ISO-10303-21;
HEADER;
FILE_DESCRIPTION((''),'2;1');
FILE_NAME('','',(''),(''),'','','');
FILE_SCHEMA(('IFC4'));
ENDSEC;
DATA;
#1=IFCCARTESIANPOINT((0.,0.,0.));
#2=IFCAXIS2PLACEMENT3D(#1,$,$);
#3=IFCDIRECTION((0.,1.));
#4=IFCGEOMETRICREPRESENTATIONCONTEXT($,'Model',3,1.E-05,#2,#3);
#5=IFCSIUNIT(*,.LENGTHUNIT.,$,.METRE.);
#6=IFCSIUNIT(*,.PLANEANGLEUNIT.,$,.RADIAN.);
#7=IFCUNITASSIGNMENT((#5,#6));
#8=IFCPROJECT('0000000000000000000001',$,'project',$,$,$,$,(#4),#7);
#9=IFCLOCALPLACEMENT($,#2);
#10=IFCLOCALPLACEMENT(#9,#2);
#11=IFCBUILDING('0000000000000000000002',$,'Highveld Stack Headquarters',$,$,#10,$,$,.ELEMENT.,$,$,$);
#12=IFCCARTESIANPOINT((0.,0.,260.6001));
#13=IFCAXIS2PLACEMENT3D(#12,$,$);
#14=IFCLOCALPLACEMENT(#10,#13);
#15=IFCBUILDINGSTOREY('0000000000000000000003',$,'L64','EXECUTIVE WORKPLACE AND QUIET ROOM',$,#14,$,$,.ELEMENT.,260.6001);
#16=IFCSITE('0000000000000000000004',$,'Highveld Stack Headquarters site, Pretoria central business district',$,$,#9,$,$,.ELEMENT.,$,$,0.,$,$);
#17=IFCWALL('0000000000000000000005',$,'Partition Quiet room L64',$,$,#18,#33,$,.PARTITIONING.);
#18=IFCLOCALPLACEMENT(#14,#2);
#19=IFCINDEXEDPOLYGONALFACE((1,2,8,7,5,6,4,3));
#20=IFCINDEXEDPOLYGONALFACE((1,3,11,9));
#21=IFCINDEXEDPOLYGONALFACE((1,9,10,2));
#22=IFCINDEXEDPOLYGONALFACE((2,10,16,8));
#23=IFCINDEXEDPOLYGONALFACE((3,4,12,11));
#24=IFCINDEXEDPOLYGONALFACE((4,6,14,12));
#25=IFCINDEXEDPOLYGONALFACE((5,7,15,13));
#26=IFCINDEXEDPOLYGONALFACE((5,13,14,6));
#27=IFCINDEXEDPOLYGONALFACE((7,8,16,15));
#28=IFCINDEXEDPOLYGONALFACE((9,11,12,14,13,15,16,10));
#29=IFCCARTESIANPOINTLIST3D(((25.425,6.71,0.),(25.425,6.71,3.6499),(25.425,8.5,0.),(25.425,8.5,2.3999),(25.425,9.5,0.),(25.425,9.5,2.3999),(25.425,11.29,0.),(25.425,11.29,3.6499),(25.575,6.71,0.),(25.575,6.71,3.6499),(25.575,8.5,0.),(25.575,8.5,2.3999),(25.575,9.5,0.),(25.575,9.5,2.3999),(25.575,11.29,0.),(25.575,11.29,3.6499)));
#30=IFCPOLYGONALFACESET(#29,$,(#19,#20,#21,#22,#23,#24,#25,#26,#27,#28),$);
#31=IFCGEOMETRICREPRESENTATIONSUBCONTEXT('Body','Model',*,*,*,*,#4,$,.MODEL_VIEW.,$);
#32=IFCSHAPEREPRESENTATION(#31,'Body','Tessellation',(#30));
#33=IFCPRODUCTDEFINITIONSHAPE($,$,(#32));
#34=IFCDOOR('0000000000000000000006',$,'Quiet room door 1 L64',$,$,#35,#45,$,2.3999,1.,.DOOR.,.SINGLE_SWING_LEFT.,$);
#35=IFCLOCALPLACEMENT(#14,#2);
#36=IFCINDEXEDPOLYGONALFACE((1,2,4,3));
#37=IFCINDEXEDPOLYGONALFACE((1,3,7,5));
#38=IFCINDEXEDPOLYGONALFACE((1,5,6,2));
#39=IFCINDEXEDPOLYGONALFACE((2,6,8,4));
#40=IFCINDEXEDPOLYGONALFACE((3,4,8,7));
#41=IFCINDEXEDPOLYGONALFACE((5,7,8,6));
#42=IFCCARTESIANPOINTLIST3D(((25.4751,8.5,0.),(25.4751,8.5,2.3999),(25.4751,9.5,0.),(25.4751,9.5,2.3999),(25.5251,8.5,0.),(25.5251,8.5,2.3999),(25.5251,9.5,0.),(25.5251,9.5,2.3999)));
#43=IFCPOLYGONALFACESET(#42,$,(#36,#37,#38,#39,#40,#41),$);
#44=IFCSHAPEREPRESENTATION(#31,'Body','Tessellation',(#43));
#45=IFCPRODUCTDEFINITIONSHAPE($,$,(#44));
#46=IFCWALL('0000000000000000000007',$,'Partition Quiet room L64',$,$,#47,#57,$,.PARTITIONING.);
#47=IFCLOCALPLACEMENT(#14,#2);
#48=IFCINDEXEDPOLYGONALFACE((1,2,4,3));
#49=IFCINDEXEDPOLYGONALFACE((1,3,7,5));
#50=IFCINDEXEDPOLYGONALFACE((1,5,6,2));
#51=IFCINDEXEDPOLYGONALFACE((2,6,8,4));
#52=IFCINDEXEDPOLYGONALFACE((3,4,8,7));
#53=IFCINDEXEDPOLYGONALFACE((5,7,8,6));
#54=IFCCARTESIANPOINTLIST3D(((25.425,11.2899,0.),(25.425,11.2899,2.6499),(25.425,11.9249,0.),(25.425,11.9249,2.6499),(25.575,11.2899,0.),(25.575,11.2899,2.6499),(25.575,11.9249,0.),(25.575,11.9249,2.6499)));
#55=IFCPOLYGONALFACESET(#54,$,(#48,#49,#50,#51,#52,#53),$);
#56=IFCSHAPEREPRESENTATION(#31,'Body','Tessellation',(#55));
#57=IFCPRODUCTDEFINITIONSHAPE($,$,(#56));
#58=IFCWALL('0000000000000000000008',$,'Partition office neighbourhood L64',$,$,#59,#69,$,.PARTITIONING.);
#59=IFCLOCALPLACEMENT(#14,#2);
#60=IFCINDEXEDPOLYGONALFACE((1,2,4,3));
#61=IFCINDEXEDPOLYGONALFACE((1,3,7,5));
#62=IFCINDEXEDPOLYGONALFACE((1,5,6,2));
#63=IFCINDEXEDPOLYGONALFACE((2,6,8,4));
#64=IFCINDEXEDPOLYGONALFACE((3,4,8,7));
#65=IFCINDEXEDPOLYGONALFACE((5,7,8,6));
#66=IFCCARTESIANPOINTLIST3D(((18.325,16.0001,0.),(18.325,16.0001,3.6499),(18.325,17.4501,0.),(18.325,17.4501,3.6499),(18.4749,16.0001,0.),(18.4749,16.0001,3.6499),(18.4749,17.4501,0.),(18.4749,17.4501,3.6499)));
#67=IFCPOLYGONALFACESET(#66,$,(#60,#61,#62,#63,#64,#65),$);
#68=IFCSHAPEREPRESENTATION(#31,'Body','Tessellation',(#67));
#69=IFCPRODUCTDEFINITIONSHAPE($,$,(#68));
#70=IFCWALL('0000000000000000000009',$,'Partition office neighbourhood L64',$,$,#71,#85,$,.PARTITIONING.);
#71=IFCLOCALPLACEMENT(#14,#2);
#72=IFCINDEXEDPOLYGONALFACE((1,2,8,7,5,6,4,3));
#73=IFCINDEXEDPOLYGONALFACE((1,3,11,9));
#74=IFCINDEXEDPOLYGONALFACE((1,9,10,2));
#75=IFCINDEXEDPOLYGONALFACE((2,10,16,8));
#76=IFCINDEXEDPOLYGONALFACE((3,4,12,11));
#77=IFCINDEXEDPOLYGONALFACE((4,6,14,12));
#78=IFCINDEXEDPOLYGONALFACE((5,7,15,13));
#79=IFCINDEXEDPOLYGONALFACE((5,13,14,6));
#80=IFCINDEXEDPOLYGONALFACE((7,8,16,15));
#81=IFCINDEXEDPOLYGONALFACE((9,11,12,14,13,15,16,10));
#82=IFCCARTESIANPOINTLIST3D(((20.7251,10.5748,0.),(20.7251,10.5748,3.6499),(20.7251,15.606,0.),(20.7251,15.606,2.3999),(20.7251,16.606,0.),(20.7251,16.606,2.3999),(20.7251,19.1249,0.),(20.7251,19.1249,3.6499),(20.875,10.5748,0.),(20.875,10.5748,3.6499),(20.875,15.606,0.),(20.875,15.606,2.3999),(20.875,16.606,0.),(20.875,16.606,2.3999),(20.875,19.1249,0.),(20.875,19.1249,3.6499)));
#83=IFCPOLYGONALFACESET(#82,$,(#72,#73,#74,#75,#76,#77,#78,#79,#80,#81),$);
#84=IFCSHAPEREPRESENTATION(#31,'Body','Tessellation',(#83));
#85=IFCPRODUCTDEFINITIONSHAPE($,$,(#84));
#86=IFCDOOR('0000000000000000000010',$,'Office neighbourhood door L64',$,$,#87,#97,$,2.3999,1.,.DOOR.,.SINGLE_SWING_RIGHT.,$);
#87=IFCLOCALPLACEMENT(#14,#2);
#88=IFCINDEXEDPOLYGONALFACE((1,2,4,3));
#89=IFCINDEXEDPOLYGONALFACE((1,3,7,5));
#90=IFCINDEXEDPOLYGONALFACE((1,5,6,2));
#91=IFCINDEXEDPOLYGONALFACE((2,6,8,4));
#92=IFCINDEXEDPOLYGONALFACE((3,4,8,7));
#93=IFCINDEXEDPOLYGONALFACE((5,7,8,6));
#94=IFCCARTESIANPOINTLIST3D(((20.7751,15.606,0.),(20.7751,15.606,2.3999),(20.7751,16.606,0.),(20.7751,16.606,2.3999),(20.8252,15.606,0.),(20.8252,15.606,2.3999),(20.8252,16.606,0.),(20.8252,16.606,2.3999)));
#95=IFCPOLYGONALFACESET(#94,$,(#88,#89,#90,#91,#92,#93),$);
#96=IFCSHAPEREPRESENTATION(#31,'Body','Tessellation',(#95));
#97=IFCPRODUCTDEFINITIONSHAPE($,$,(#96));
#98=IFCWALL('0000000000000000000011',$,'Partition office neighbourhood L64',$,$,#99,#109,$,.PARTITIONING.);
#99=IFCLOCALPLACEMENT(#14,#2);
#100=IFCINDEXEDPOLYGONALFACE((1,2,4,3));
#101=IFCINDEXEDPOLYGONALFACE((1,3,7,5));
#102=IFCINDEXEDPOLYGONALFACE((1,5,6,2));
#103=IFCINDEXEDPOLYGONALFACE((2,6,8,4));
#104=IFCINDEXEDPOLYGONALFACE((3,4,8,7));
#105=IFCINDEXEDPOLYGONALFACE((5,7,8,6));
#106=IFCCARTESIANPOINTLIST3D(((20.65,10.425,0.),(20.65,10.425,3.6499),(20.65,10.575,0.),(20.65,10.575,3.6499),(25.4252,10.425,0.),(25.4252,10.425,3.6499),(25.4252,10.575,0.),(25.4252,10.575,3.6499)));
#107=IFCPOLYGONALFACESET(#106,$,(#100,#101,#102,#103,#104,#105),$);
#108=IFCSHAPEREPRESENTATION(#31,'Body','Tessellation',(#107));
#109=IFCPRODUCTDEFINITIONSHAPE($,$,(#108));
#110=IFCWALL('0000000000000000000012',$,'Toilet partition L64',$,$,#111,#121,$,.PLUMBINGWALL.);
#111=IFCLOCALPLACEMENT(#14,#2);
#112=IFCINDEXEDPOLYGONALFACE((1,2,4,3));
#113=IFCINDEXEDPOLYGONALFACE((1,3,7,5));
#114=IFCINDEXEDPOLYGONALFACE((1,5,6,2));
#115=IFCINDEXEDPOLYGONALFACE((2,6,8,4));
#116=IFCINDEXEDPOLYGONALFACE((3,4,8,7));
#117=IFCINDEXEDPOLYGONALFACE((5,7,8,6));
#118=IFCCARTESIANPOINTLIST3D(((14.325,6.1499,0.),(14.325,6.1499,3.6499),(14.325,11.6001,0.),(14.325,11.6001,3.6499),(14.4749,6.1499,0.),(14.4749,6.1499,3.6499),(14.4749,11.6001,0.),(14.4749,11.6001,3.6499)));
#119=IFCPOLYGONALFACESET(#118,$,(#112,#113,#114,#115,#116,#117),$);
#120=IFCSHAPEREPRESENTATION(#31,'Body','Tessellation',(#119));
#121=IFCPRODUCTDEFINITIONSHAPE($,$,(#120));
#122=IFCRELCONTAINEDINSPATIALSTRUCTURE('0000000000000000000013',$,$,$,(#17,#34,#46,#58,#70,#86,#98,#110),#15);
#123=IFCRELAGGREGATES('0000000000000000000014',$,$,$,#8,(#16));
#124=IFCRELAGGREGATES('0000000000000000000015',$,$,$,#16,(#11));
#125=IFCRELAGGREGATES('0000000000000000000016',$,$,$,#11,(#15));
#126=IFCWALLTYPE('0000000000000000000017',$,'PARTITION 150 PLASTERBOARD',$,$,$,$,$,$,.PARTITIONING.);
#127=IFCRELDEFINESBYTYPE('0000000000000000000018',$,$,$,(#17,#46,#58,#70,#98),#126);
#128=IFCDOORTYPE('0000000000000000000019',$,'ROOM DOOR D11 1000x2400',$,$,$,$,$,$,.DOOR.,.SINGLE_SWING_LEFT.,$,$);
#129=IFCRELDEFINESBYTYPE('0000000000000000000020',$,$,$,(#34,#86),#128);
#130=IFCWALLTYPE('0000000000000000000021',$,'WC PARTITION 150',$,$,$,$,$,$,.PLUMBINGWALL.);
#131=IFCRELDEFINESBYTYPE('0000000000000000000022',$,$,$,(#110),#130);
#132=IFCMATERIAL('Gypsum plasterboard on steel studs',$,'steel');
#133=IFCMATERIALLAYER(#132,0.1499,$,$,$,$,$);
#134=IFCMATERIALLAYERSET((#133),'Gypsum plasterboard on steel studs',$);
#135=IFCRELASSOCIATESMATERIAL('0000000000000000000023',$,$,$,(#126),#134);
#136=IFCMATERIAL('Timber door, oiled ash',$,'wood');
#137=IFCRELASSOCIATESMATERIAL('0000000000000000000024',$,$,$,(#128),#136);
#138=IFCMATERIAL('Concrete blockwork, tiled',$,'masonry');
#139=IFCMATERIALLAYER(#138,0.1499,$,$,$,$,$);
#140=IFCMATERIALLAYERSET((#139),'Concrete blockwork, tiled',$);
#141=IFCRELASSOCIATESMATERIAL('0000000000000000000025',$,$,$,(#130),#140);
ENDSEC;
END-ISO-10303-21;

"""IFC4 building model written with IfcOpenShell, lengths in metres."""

from ifc_helpers import new_model, si_unit, direction, frame, frame_2d, origin, place, context, subcontext, project, spatial, rectangle, extrude, material, layer, layer_set, type_object, element, fill, save


model = new_model("IFC4")

# Units and contexts
model_context = context("Model", 3, precision=1e-05, world=origin(), true_north=direction((0.0, 1.0)))
body_context = subcontext(model_context, "Body", "Model", "MODEL_VIEW")
ifc_project = project(units=[si_unit("LENGTHUNIT", "METRE"), si_unit("PLANEANGLEUNIT", "RADIAN")], contexts=[model_context])

# Site, building, storey
site_placement = place(None, origin())
site = spatial("IfcSite", under=ifc_project, at=site_placement, Name="Highveld Stack Headquarters site, Pretoria central business district", CompositionType="ELEMENT", RefElevation=0.0)
building_placement = place(site_placement, origin())
building = spatial("IfcBuilding", under=site, at=building_placement, Name="Highveld Stack Headquarters", CompositionType="ELEMENT")
storey_placement = place(building_placement, frame((0.0, 0.0, 260.6001)))
storey = spatial("IfcBuildingStorey", under=building, at=storey_placement, Name="L64", Description="EXECUTIVE WORKPLACE AND QUIET ROOM", CompositionType="ELEMENT", Elevation=260.6001)

# Shared definitions
ifc_material_1 = material(Name="Gypsum plasterboard on steel studs", Category="steel")
ifc_layer_1 = layer(ifc_material_1, 0.1499)
ifc_layer_set_1 = layer_set([ifc_layer_1], Name="Gypsum plasterboard on steel studs")
wall_type_1 = type_object("IfcWallType", Name="PARTITION 150 PLASTERBOARD", PredefinedType="PARTITIONING", material=ifc_layer_set_1)

# Wall, opening, door
wall_1_placement = place(storey_placement, frame((25.5, 6.71, 0.0), z_axis=(0.0, 0.0, 1.0), x_axis=(0.0, 1.0, 0.0)))
wall_1 = element("IfcWall", 1, at=wall_1_placement, inside=storey, type_object=wall_type_1, Name="Partition Quiet room L64", PredefinedType="PARTITIONING", context=body_context, shape_type="SweptSolid", body=[
    extrude(rectangle(XDim=4.5801, YDim=0.1499, at=frame_2d((2.29, 0.0))), origin(), (0.0, 0.0, 1.0), 3.6499),
])
opening_1_placement = place(wall_1_placement, frame((1.79, 0.0, 0.0)))
opening_1 = element("IfcOpeningElement", 2, at=opening_1_placement, cuts=wall_1, PredefinedType="OPENING", context=body_context, shape_type="SweptSolid", body=[
    extrude(rectangle(XDim=1.0, YDim=2.3999, at=frame_2d((0.5, 1.2))), frame((0.0, 0.085, 0.0), z_axis=(0.0, -1.0, 0.0), x_axis=(1.0, 0.0, 0.0)), (0.0, 0.0, 1.0), 0.1699),
])
ifc_material_2 = material(Name="Timber door, oiled ash", Category="wood")
door_type = type_object("IfcDoorType", Name="ROOM DOOR D11 1000x2400", OperationType="SINGLE_SWING_LEFT", PredefinedType="DOOR", material=ifc_material_2)
door_1_placement = place(opening_1_placement, origin())
door_1 = element("IfcDoor", 3, at=door_1_placement, inside=storey, type_object=door_type, Name="Quiet room door 1 L64", OperationType="SINGLE_SWING_LEFT", OverallHeight=2.3999, OverallWidth=1.0, PredefinedType="DOOR", context=body_context, shape_type="SweptSolid", body=[
    extrude(rectangle(XDim=1.0, YDim=2.3999, at=frame_2d((0.5, 1.2))), frame((0.0, 0.0249, 0.0), z_axis=(0.0, -1.0, 0.0), x_axis=(1.0, 0.0, 0.0)), (0.0, 0.0, 1.0), 0.05),
])
fill(opening_1, door_1)

# Walls
wall_2_placement = place(storey_placement, frame((25.5, 11.29, 0.0), z_axis=(0.0, 0.0, 1.0), x_axis=(0.0, 1.0, 0.0)))
element("IfcWall", 4, at=wall_2_placement, inside=storey, type_object=wall_type_1, Name="Partition Quiet room L64", PredefinedType="PARTITIONING", context=body_context, shape_type="SweptSolid", body=[
    extrude(rectangle(XDim=0.635, YDim=0.1499, at=frame_2d((0.3174, 0.0))), origin(), (0.0, 0.0, 1.0), 2.6499),
])
wall_3_placement = place(storey_placement, frame((18.3999, 16.0, 0.0), z_axis=(0.0, 0.0, 1.0), x_axis=(0.0, 1.0, 0.0)))
element("IfcWall", 5, at=wall_3_placement, inside=storey, type_object=wall_type_1, Name="Partition office neighbourhood L64", PredefinedType="PARTITIONING", context=body_context, shape_type="SweptSolid", body=[
    extrude(rectangle(XDim=1.45, YDim=0.1499, at=frame_2d((0.7251, 0.0))), origin(), (0.0, 0.0, 1.0), 3.6499),
])

# Wall, opening, door
wall_4_placement = place(storey_placement, frame((20.8, 10.575, 0.0), z_axis=(0.0, 0.0, 1.0), x_axis=(0.0, 1.0, 0.0)))
wall_4 = element("IfcWall", 6, at=wall_4_placement, inside=storey, type_object=wall_type_1, Name="Partition office neighbourhood L64", PredefinedType="PARTITIONING", context=body_context, shape_type="SweptSolid", body=[
    extrude(rectangle(XDim=8.55, YDim=0.1499, at=frame_2d((4.2749, 0.0))), origin(), (0.0, 0.0, 1.0), 3.6499),
])
opening_2_placement = place(wall_4_placement, frame((5.031, 0.0, 0.0)))
opening_2 = element("IfcOpeningElement", 7, at=opening_2_placement, cuts=wall_4, PredefinedType="OPENING", context=body_context, shape_type="SweptSolid", body=[
    extrude(rectangle(XDim=1.0, YDim=2.3999, at=frame_2d((0.5, 1.2))), frame((0.0, 0.085, 0.0), z_axis=(0.0, -1.0, 0.0), x_axis=(1.0, 0.0, 0.0)), (0.0, 0.0, 1.0), 0.1699),
])
door_2_placement = place(opening_2_placement, origin())
door_2 = element("IfcDoor", 8, at=door_2_placement, inside=storey, type_object=door_type, Name="Office neighbourhood door L64", OperationType="SINGLE_SWING_RIGHT", OverallHeight=2.3999, OverallWidth=1.0, PredefinedType="DOOR", context=body_context, shape_type="SweptSolid", body=[
    extrude(rectangle(XDim=1.0, YDim=2.3999, at=frame_2d((0.5, 1.2))), frame((0.0, 0.0249, 0.0), z_axis=(0.0, -1.0, 0.0), x_axis=(1.0, 0.0, 0.0)), (0.0, 0.0, 1.0), 0.05),
])
fill(opening_2, door_2)

# Walls
wall_5_placement = place(storey_placement, frame((20.6499, 10.5, 0.0), z_axis=(0.0, 0.0, 1.0), x_axis=(1.0, 0.0, 0.0)))
element("IfcWall", 9, at=wall_5_placement, inside=storey, type_object=wall_type_1, Name="Partition office neighbourhood L64", PredefinedType="PARTITIONING", context=body_context, shape_type="SweptSolid", body=[
    extrude(rectangle(XDim=4.7751, YDim=0.1499, at=frame_2d((2.3877, 0.0))), origin(), (0.0, 0.0, 1.0), 3.6499),
])
ifc_material_3 = material(Name="Concrete blockwork, tiled", Category="masonry")
ifc_layer_2 = layer(ifc_material_3, 0.1499)
ifc_layer_set_2 = layer_set([ifc_layer_2], Name="Concrete blockwork, tiled")
wall_type_2 = type_object("IfcWallType", Name="WC PARTITION 150", PredefinedType="PLUMBINGWALL", material=ifc_layer_set_2)
wall_6_placement = place(storey_placement, frame((14.3999, 6.1499, 0.0), z_axis=(0.0, 0.0, 1.0), x_axis=(0.0, 1.0, 0.0)))
element("IfcWall", 10, at=wall_6_placement, inside=storey, type_object=wall_type_2, Name="Toilet partition L64", PredefinedType="PLUMBINGWALL", context=body_context, shape_type="SweptSolid", body=[
    extrude(rectangle(XDim=5.4502, YDim=0.1499, at=frame_2d((2.7251, 0.0))), origin(), (0.0, 0.0, 1.0), 3.6499),
])

save(model, "model.ifc")
